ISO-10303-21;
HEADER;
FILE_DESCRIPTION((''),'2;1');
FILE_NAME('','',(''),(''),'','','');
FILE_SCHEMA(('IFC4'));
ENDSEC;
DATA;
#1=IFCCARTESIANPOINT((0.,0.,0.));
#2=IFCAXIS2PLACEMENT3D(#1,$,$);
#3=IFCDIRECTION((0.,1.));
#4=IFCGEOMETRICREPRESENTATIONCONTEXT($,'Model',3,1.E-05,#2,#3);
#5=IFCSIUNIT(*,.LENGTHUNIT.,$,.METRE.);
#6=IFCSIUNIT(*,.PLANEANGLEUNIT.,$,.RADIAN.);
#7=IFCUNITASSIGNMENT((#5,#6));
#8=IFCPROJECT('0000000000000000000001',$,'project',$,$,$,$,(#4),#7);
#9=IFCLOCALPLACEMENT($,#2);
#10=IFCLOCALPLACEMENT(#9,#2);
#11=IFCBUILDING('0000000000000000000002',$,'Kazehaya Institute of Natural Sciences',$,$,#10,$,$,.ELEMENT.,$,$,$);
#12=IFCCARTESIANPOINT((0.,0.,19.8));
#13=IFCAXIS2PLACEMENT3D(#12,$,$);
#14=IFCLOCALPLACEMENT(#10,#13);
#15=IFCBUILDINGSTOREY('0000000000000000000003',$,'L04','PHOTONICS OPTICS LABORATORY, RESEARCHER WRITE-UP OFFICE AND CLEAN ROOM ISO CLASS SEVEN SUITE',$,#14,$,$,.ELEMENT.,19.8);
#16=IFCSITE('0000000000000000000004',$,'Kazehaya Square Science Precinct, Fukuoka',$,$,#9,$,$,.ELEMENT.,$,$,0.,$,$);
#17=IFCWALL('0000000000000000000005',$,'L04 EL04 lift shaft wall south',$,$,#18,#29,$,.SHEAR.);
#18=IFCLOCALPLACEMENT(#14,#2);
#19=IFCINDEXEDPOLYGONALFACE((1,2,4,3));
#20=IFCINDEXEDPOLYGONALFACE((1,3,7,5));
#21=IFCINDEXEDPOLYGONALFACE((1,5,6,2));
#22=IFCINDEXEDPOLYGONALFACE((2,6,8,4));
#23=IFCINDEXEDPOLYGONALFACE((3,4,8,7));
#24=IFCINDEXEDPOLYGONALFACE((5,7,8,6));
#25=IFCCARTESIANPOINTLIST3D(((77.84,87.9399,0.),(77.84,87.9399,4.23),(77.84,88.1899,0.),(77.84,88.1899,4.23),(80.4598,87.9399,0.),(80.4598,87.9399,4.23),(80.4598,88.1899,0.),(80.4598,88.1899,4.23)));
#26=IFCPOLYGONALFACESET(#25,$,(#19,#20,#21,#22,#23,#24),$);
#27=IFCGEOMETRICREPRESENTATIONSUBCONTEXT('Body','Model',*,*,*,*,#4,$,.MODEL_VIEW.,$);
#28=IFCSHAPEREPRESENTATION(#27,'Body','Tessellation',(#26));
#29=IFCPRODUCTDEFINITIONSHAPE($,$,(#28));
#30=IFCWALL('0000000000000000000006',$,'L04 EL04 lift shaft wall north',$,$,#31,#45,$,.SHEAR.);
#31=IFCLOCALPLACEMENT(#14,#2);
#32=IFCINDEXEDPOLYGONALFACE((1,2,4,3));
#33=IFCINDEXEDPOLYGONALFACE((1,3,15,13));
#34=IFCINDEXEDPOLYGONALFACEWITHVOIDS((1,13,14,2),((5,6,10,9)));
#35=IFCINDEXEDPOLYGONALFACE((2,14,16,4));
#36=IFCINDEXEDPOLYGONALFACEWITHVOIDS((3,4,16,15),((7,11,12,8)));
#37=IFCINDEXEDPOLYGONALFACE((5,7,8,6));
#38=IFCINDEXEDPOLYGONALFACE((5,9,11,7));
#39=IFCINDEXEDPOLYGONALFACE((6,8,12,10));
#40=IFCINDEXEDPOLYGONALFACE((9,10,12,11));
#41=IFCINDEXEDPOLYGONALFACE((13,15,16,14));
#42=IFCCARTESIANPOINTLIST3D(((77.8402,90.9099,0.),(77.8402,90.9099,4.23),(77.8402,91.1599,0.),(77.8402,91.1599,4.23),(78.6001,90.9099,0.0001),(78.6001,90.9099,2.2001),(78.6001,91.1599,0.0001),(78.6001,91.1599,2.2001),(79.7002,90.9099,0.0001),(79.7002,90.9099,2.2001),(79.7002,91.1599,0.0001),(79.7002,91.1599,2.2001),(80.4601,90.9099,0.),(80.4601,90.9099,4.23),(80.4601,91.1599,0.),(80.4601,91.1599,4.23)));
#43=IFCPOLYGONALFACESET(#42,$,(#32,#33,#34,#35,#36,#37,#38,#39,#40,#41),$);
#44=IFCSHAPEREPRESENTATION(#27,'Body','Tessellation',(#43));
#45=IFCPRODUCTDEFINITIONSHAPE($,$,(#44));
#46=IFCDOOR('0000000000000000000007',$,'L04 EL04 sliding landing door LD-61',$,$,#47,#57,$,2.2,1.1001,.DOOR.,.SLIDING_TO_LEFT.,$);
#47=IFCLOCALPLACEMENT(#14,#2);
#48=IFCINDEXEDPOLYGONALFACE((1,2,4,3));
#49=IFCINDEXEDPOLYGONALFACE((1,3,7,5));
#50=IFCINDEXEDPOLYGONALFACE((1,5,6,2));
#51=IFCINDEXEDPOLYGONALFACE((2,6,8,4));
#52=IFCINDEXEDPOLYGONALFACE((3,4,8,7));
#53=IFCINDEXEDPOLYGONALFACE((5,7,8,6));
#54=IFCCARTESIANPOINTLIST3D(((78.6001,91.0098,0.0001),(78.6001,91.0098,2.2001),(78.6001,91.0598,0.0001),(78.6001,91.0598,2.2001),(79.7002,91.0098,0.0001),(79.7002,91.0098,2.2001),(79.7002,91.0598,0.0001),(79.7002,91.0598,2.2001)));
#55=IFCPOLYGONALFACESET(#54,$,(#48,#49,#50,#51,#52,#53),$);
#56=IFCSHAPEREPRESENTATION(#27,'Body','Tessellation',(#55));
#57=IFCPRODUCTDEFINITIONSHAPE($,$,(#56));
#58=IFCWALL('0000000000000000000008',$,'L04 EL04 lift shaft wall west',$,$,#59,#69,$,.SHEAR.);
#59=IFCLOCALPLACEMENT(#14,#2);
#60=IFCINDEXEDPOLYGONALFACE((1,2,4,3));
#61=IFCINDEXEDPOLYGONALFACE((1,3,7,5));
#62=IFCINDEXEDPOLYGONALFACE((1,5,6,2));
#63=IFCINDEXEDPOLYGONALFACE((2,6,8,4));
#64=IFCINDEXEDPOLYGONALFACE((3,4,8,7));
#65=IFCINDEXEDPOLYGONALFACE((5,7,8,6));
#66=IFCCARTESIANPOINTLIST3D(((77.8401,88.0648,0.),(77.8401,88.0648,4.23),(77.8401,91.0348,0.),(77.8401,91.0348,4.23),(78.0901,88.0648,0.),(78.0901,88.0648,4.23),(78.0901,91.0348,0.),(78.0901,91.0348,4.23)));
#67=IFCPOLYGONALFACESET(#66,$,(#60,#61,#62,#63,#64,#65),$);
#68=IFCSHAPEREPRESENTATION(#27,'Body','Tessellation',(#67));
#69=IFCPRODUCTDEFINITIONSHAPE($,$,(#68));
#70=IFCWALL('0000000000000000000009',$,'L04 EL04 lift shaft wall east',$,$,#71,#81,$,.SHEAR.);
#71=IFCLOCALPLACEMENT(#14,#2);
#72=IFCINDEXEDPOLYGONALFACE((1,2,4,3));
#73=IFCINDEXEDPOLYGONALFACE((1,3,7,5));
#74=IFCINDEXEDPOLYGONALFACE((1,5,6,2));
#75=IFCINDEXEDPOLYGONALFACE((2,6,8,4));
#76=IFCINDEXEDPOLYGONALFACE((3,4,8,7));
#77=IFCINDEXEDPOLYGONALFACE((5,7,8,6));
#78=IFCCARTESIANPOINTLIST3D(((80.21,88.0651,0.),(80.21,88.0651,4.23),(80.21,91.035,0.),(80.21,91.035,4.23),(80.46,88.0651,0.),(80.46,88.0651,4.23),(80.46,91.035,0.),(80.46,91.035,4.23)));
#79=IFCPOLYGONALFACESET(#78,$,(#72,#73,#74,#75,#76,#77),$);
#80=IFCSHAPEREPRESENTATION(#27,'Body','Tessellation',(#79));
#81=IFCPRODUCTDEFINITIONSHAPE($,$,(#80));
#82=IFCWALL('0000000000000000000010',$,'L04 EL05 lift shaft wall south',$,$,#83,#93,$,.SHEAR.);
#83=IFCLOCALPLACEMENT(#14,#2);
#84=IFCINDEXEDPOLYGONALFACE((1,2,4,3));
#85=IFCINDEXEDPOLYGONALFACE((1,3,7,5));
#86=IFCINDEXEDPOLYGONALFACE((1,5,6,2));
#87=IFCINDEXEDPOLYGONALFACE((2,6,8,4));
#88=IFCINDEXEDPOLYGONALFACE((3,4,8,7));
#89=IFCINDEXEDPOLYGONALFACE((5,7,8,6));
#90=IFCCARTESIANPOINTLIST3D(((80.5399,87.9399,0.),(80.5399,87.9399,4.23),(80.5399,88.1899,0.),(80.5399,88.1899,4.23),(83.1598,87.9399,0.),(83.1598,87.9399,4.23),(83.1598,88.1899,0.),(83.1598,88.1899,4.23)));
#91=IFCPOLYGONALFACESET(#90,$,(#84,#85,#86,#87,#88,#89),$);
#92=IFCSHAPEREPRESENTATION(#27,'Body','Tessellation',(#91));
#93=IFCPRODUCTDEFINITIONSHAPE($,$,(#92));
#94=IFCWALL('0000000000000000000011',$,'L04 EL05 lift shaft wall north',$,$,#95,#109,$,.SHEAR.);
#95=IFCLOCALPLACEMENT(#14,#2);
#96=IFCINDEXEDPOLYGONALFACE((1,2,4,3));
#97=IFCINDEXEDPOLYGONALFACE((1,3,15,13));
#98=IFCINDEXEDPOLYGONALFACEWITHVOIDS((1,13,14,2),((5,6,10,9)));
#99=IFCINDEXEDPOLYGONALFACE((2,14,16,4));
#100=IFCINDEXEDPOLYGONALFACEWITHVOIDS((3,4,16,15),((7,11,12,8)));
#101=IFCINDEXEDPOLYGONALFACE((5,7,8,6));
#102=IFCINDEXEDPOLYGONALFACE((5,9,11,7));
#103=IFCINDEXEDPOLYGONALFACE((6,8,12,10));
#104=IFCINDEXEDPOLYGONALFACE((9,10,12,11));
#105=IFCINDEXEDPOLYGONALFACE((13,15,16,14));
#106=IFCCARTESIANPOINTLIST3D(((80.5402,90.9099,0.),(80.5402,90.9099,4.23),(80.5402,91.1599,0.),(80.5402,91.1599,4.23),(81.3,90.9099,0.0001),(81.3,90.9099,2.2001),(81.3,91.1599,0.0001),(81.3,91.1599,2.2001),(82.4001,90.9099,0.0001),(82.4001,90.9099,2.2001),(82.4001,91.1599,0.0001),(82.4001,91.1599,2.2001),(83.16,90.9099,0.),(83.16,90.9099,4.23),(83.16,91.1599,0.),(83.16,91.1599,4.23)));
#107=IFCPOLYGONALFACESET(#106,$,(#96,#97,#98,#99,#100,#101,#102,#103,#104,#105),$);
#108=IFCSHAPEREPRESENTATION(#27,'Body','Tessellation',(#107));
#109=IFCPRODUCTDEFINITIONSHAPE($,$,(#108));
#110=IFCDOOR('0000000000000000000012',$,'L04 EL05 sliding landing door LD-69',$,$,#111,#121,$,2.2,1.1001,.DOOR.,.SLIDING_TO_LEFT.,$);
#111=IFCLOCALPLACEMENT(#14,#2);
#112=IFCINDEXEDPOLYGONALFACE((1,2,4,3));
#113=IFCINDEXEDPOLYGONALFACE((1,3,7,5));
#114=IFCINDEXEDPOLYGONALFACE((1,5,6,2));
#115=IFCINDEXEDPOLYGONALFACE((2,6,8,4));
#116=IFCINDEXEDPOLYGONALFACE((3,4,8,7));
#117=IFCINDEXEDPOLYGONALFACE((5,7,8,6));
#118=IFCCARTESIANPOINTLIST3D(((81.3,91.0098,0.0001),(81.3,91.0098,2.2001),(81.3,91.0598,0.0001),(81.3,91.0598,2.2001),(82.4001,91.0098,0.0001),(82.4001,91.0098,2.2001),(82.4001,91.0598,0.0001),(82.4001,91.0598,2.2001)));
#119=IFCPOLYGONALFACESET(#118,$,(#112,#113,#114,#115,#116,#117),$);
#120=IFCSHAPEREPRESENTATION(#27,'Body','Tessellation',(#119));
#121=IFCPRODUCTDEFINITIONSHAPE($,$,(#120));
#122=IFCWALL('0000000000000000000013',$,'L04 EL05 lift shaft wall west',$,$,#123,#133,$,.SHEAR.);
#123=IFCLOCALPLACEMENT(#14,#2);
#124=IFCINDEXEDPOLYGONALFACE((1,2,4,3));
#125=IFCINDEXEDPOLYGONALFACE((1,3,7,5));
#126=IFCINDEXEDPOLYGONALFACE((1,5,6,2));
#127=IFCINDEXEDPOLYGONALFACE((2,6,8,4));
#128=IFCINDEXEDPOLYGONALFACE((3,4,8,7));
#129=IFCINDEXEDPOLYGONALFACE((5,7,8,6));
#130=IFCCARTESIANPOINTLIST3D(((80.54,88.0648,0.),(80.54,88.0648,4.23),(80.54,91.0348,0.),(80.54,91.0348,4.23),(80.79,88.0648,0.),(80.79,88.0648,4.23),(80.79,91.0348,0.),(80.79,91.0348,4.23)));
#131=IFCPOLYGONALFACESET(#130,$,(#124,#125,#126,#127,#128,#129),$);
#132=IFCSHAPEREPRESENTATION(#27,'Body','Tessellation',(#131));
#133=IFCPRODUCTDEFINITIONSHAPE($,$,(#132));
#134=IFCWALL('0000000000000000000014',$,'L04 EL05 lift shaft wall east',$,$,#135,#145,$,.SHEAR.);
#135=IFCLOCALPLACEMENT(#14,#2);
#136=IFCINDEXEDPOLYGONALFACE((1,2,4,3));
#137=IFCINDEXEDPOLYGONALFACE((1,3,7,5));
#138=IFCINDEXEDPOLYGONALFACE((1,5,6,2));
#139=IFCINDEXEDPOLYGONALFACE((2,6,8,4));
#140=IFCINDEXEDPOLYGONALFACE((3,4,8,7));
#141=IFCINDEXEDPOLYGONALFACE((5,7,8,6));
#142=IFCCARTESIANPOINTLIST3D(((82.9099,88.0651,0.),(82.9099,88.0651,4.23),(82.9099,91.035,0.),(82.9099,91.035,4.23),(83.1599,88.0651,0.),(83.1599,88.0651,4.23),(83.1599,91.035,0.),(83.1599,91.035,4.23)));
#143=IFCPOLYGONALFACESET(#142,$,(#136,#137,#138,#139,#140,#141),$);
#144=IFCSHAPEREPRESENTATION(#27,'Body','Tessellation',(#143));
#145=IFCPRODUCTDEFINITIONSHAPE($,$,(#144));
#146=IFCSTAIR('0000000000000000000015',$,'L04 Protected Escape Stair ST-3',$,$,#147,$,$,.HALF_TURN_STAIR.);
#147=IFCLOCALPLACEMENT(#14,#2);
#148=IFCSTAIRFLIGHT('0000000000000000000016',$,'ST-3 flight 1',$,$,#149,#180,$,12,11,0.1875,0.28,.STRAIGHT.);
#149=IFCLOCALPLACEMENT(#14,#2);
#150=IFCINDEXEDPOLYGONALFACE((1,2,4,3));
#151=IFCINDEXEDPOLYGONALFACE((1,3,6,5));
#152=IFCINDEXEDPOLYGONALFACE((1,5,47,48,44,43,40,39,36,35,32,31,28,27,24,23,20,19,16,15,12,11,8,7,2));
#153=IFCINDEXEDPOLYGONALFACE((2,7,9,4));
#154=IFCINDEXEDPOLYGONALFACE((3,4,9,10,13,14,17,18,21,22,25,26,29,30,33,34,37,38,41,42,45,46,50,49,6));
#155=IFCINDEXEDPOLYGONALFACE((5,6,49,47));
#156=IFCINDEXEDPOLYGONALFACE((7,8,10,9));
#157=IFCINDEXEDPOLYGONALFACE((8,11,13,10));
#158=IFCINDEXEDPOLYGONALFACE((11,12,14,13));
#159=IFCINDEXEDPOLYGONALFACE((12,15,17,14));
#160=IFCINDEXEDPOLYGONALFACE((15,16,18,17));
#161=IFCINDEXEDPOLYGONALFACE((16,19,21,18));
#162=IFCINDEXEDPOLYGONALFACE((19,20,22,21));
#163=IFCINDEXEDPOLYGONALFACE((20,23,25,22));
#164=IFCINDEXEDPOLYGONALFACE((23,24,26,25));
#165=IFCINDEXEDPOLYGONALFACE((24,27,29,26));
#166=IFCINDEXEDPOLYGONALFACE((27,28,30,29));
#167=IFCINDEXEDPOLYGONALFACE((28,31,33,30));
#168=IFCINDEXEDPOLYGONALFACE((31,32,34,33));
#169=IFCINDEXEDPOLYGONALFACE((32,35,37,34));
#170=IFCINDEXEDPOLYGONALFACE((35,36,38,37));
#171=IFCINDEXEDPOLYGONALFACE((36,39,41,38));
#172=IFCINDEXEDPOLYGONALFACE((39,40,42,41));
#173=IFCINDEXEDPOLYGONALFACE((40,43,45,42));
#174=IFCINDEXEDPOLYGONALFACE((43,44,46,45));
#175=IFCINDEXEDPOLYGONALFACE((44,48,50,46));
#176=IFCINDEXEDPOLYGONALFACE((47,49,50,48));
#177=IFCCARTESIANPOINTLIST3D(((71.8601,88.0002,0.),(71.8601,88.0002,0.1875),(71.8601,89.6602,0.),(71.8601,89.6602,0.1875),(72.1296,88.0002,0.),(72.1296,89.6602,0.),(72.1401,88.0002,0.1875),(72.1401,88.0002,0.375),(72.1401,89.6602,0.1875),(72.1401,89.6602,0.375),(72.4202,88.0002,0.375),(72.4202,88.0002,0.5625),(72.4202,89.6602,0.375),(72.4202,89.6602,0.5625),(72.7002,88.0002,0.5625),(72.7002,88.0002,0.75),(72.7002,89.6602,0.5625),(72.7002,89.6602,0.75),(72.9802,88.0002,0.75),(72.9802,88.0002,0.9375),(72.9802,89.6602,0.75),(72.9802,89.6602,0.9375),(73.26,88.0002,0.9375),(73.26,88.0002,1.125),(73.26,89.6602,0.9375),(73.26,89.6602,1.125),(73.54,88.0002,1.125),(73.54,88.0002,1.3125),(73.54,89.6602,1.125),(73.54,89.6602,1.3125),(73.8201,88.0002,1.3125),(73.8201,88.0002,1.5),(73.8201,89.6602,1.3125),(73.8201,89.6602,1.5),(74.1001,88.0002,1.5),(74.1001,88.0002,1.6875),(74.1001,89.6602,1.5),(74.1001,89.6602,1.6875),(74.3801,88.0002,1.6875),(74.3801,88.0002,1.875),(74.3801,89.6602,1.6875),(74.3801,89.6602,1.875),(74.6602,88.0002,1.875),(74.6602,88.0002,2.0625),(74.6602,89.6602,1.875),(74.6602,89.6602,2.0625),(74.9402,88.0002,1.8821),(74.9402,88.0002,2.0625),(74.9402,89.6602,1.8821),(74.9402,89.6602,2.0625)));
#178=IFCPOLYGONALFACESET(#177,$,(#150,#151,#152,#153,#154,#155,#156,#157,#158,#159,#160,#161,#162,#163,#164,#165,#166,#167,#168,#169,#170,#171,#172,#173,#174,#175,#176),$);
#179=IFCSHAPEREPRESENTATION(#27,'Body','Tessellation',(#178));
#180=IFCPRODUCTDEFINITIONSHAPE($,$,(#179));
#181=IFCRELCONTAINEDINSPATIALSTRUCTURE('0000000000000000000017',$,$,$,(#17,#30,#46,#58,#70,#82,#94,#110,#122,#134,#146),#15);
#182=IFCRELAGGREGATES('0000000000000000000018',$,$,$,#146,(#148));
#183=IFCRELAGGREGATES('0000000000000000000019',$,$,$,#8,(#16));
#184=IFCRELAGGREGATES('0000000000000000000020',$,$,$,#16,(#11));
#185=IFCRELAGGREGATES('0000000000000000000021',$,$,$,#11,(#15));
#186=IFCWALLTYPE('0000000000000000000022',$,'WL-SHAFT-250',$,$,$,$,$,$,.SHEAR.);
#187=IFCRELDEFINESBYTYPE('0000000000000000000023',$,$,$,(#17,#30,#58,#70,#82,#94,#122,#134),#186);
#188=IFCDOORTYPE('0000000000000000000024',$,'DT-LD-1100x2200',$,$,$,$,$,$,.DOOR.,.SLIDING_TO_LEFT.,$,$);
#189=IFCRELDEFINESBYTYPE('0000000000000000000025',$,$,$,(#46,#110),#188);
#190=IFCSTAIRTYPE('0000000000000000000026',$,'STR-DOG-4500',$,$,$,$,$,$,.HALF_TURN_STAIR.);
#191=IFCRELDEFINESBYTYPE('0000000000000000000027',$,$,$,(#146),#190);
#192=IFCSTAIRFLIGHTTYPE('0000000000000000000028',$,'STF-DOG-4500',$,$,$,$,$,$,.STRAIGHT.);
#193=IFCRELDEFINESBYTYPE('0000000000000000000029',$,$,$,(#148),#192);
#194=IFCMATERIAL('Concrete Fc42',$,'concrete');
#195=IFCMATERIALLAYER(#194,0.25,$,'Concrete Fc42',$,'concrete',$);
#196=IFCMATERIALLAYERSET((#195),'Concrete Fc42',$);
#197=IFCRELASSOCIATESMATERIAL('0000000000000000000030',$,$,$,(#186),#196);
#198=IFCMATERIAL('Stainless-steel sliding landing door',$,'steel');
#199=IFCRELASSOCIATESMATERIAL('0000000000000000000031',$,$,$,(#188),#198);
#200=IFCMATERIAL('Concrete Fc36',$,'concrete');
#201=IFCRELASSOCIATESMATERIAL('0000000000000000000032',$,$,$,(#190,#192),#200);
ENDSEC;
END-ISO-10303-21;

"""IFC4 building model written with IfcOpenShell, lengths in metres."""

from ifc_helpers import new_model, si_unit, direction, frame, frame_2d, origin, place, context, subcontext, project, spatial, polyline, rectangle, outline, extrude, material, layer, layer_set, type_object, element, fill, aggregate, save


model = new_model("IFC4")

# Units and contexts
model_context = context("Model", 3, precision=1e-05, world=origin(), true_north=direction((0.0, 1.0)))
body_context = subcontext(model_context, "Body", "Model", "MODEL_VIEW")
ifc_project = project(units=[si_unit("LENGTHUNIT", "METRE"), si_unit("PLANEANGLEUNIT", "RADIAN")], contexts=[model_context])

# Site, building, storey
site_placement = place(None, origin())
site = spatial("IfcSite", under=ifc_project, at=site_placement, Name="Kazehaya Square Science Precinct, Fukuoka", CompositionType="ELEMENT", RefElevation=0.0)
building_placement = place(site_placement, origin())
building = spatial("IfcBuilding", under=site, at=building_placement, Name="Kazehaya Institute of Natural Sciences", CompositionType="ELEMENT")
storey_placement = place(building_placement, frame((0.0, 0.0, 19.8)))
storey = spatial("IfcBuildingStorey", under=building, at=storey_placement, Name="L04", Description="PHOTONICS OPTICS LABORATORY, RESEARCHER WRITE-UP OFFICE AND CLEAN ROOM ISO CLASS SEVEN SUITE", CompositionType="ELEMENT", Elevation=19.8)

# Shared definitions
ifc_material_1 = material(Name="Concrete Fc42", Category="concrete")

# Shared definitions
ifc_material_2 = material(Name="Concrete Fc36", Category="concrete")

# Wall
ifc_layer_1 = layer(ifc_material_1, 0.25, Name="Concrete Fc42", Category="concrete")
ifc_layer_set_1 = layer_set([ifc_layer_1], Name="Concrete Fc42")
wall_type_1 = type_object("IfcWallType", Name="WL-SHAFT-250", PredefinedType="SHEAR", material=ifc_layer_set_1)
wall_1_placement = place(storey_placement, frame((80.46, 88.0649, 0.0), z_axis=(0.0, 0.0, 1.0), x_axis=(-1.0, 0.0, 0.0)))
element("IfcWall", 1, at=wall_1_placement, inside=storey, type_object=wall_type_1, Name="L04 EL04 lift shaft wall south", PredefinedType="SHEAR", context=body_context, shape_type="SweptSolid", body=[
    extrude(rectangle(XDim=2.6199, YDim=0.25, at=frame_2d((1.3101, 0.0))), origin(), (0.0, 0.0, 1.0), 4.23),
])

# Wall, opening, door
wall_2_placement = place(storey_placement, frame((77.8401, 91.0349, 0.0), z_axis=(0.0, 0.0, 1.0), x_axis=(1.0, 0.0, 0.0)))
wall_2 = element("IfcWall", 2, at=wall_2_placement, inside=storey, type_object=wall_type_1, Name="L04 EL04 lift shaft wall north", PredefinedType="SHEAR", context=body_context, shape_type="SweptSolid", body=[
    extrude(rectangle(XDim=2.6199, YDim=0.25, at=frame_2d((1.3101, 0.0))), origin(), (0.0, 0.0, 1.0), 4.23),
])
opening_1_placement = place(wall_2_placement, frame((0.76, 0.0, 0.0)))
opening_1 = element("IfcOpeningElement", 3, at=opening_1_placement, cuts=wall_2, PredefinedType="OPENING", context=body_context, shape_type="SweptSolid", body=[
    extrude(rectangle(XDim=1.1001, YDim=2.2, at=frame_2d((0.55, 1.1001))), frame((0.0, 0.135, 0.0), z_axis=(0.0, -1.0, 0.0), x_axis=(1.0, 0.0, 0.0)), (0.0, 0.0, 1.0), 0.27),
])
ifc_material_3 = material(Name="Stainless-steel sliding landing door", Category="steel")
door_type = type_object("IfcDoorType", Name="DT-LD-1100x2200", OperationType="SLIDING_TO_LEFT", PredefinedType="DOOR", material=ifc_material_3)
door_1_placement = place(opening_1_placement, origin())
door_1 = element("IfcDoor", 4, at=door_1_placement, inside=storey, type_object=door_type, Name="L04 EL04 sliding landing door LD-61", OperationType="SLIDING_TO_LEFT", OverallHeight=2.2, OverallWidth=1.1001, PredefinedType="DOOR", context=body_context, shape_type="SweptSolid", body=[
    extrude(rectangle(XDim=1.1001, YDim=2.2, at=frame_2d((0.55, 1.1001))), frame((0.0, 0.0249, 0.0), z_axis=(0.0, -1.0, 0.0), x_axis=(1.0, 0.0, 0.0)), (0.0, 0.0, 1.0), 0.05),
])
fill(opening_1, door_1)

# Walls
for number, where, z_axis, x_axis, name in (
    (5, (77.9651, 88.0649, 0.0), (0.0, 0.0, 1.0), (0.0, 1.0, 0.0), "L04 EL04 lift shaft wall west"),
    (6, (80.335, 91.0349, 0.0), (0.0, 0.0, 1.0), (0.0, -1.0, 0.0), "L04 EL04 lift shaft wall east"),
):
    element("IfcWall", number, at=place(storey_placement, frame(where, z_axis=z_axis, x_axis=x_axis)), inside=storey, type_object=wall_type_1, Name=name, PredefinedType="SHEAR", context=body_context, shape_type="SweptSolid", body=[
        extrude(rectangle(XDim=2.97, YDim=0.25, at=frame_2d((1.4849, 0.0))), origin(), (0.0, 0.0, 1.0), 4.23),
    ])
wall_3_placement = place(storey_placement, frame((83.1599, 88.0649, 0.0), z_axis=(0.0, 0.0, 1.0), x_axis=(-1.0, 0.0, 0.0)))
element("IfcWall", 7, at=wall_3_placement, inside=storey, type_object=wall_type_1, Name="L04 EL05 lift shaft wall south", PredefinedType="SHEAR", context=body_context, shape_type="SweptSolid", body=[
    extrude(rectangle(XDim=2.6199, YDim=0.25, at=frame_2d((1.3101, 0.0))), origin(), (0.0, 0.0, 1.0), 4.23),
])

# Wall, opening, door
wall_4_placement = place(storey_placement, frame((80.54, 91.0349, 0.0), z_axis=(0.0, 0.0, 1.0), x_axis=(1.0, 0.0, 0.0)))
wall_4 = element("IfcWall", 8, at=wall_4_placement, inside=storey, type_object=wall_type_1, Name="L04 EL05 lift shaft wall north", PredefinedType="SHEAR", context=body_context, shape_type="SweptSolid", body=[
    extrude(rectangle(XDim=2.6199, YDim=0.25, at=frame_2d((1.3101, 0.0))), origin(), (0.0, 0.0, 1.0), 4.23),
])
opening_2_placement = place(wall_4_placement, frame((0.76, 0.0, 0.0)))
opening_2 = element("IfcOpeningElement", 9, at=opening_2_placement, cuts=wall_4, PredefinedType="OPENING", context=body_context, shape_type="SweptSolid", body=[
    extrude(rectangle(XDim=1.1001, YDim=2.2, at=frame_2d((0.55, 1.1001))), frame((0.0, 0.135, 0.0), z_axis=(0.0, -1.0, 0.0), x_axis=(1.0, 0.0, 0.0)), (0.0, 0.0, 1.0), 0.27),
])
door_2_placement = place(opening_2_placement, origin())
door_2 = element("IfcDoor", 10, at=door_2_placement, inside=storey, type_object=door_type, Name="L04 EL05 sliding landing door LD-69", OperationType="SLIDING_TO_LEFT", OverallHeight=2.2, OverallWidth=1.1001, PredefinedType="DOOR", context=body_context, shape_type="SweptSolid", body=[
    extrude(rectangle(XDim=1.1001, YDim=2.2, at=frame_2d((0.55, 1.1001))), frame((0.0, 0.0249, 0.0), z_axis=(0.0, -1.0, 0.0), x_axis=(1.0, 0.0, 0.0)), (0.0, 0.0, 1.0), 0.05),
])
fill(opening_2, door_2)

# Walls
for number, where, z_axis, x_axis, name in (
    (11, (80.665, 88.0649, 0.0), (0.0, 0.0, 1.0), (0.0, 1.0, 0.0), "L04 EL05 lift shaft wall west"),
    (12, (83.0349, 91.0349, 0.0), (0.0, 0.0, 1.0), (0.0, -1.0, 0.0), "L04 EL05 lift shaft wall east"),
):
    element("IfcWall", number, at=place(storey_placement, frame(where, z_axis=z_axis, x_axis=x_axis)), inside=storey, type_object=wall_type_1, Name=name, PredefinedType="SHEAR", context=body_context, shape_type="SweptSolid", body=[
        extrude(rectangle(XDim=2.97, YDim=0.25, at=frame_2d((1.4849, 0.0))), origin(), (0.0, 0.0, 1.0), 4.23),
    ])

# Stair, stair flight
stair_type = type_object("IfcStairType", Name="STR-DOG-4500", PredefinedType="HALF_TURN_STAIR", material=ifc_material_2)
stair_placement = place(storey_placement, origin())
stair = element("IfcStair", 13, at=stair_placement, inside=storey, type_object=stair_type, Name="L04 Protected Escape Stair ST-3", PredefinedType="HALF_TURN_STAIR")
stair_flight_type = type_object("IfcStairFlightType", Name="STF-DOG-4500", PredefinedType="STRAIGHT", material=ifc_material_2)
stair_flight_1_placement = place(storey_placement, frame((71.8601, 88.8301, 0.0), z_axis=(0.0, 0.0, 1.0), x_axis=(1.0, 0.0, 0.0)))
stair_flight_1 = element("IfcStairFlight", 14, at=stair_flight_1_placement, type_object=stair_flight_type, Name="ST-3 flight 1", NumberOfRisers=12, NumberOfTreads=11, PredefinedType="STRAIGHT", RiserHeight=0.1875, TreadLength=0.28, context=body_context, shape_type="SweptSolid", body=[
    extrude(outline(polyline([(0.0, 0.0), (0.0, 0.1875), (0.28, 0.1875), (0.28, 0.375), (0.5601, 0.375), (0.5601, 0.5625), (0.8401, 0.5625), (0.8401, 0.75), (1.1201, 0.75), (1.1201, 0.9375), (1.3999, 0.9375), (1.3999, 1.125), (1.6799, 1.125), (1.6799, 1.3125), (1.96, 1.3125), (1.96, 1.5), (2.24, 1.5), (2.24, 1.6875), (2.52, 1.6875), (2.52, 1.875), (2.8, 1.875), (2.8, 2.0625), (3.0801, 2.0625), (3.0801, 2.25), (3.0801, 1.8821), (0.2695, 0.0), (0.0, 0.0)])), frame((0.0, 0.8301, 0.0), z_axis=(0.0, -1.0, 0.0), x_axis=(1.0, 0.0, 0.0)), (0.0, 0.0, 1.0), 1.6599),
])
aggregate(stair, [stair_flight_1])

save(model, "model.ifc")
